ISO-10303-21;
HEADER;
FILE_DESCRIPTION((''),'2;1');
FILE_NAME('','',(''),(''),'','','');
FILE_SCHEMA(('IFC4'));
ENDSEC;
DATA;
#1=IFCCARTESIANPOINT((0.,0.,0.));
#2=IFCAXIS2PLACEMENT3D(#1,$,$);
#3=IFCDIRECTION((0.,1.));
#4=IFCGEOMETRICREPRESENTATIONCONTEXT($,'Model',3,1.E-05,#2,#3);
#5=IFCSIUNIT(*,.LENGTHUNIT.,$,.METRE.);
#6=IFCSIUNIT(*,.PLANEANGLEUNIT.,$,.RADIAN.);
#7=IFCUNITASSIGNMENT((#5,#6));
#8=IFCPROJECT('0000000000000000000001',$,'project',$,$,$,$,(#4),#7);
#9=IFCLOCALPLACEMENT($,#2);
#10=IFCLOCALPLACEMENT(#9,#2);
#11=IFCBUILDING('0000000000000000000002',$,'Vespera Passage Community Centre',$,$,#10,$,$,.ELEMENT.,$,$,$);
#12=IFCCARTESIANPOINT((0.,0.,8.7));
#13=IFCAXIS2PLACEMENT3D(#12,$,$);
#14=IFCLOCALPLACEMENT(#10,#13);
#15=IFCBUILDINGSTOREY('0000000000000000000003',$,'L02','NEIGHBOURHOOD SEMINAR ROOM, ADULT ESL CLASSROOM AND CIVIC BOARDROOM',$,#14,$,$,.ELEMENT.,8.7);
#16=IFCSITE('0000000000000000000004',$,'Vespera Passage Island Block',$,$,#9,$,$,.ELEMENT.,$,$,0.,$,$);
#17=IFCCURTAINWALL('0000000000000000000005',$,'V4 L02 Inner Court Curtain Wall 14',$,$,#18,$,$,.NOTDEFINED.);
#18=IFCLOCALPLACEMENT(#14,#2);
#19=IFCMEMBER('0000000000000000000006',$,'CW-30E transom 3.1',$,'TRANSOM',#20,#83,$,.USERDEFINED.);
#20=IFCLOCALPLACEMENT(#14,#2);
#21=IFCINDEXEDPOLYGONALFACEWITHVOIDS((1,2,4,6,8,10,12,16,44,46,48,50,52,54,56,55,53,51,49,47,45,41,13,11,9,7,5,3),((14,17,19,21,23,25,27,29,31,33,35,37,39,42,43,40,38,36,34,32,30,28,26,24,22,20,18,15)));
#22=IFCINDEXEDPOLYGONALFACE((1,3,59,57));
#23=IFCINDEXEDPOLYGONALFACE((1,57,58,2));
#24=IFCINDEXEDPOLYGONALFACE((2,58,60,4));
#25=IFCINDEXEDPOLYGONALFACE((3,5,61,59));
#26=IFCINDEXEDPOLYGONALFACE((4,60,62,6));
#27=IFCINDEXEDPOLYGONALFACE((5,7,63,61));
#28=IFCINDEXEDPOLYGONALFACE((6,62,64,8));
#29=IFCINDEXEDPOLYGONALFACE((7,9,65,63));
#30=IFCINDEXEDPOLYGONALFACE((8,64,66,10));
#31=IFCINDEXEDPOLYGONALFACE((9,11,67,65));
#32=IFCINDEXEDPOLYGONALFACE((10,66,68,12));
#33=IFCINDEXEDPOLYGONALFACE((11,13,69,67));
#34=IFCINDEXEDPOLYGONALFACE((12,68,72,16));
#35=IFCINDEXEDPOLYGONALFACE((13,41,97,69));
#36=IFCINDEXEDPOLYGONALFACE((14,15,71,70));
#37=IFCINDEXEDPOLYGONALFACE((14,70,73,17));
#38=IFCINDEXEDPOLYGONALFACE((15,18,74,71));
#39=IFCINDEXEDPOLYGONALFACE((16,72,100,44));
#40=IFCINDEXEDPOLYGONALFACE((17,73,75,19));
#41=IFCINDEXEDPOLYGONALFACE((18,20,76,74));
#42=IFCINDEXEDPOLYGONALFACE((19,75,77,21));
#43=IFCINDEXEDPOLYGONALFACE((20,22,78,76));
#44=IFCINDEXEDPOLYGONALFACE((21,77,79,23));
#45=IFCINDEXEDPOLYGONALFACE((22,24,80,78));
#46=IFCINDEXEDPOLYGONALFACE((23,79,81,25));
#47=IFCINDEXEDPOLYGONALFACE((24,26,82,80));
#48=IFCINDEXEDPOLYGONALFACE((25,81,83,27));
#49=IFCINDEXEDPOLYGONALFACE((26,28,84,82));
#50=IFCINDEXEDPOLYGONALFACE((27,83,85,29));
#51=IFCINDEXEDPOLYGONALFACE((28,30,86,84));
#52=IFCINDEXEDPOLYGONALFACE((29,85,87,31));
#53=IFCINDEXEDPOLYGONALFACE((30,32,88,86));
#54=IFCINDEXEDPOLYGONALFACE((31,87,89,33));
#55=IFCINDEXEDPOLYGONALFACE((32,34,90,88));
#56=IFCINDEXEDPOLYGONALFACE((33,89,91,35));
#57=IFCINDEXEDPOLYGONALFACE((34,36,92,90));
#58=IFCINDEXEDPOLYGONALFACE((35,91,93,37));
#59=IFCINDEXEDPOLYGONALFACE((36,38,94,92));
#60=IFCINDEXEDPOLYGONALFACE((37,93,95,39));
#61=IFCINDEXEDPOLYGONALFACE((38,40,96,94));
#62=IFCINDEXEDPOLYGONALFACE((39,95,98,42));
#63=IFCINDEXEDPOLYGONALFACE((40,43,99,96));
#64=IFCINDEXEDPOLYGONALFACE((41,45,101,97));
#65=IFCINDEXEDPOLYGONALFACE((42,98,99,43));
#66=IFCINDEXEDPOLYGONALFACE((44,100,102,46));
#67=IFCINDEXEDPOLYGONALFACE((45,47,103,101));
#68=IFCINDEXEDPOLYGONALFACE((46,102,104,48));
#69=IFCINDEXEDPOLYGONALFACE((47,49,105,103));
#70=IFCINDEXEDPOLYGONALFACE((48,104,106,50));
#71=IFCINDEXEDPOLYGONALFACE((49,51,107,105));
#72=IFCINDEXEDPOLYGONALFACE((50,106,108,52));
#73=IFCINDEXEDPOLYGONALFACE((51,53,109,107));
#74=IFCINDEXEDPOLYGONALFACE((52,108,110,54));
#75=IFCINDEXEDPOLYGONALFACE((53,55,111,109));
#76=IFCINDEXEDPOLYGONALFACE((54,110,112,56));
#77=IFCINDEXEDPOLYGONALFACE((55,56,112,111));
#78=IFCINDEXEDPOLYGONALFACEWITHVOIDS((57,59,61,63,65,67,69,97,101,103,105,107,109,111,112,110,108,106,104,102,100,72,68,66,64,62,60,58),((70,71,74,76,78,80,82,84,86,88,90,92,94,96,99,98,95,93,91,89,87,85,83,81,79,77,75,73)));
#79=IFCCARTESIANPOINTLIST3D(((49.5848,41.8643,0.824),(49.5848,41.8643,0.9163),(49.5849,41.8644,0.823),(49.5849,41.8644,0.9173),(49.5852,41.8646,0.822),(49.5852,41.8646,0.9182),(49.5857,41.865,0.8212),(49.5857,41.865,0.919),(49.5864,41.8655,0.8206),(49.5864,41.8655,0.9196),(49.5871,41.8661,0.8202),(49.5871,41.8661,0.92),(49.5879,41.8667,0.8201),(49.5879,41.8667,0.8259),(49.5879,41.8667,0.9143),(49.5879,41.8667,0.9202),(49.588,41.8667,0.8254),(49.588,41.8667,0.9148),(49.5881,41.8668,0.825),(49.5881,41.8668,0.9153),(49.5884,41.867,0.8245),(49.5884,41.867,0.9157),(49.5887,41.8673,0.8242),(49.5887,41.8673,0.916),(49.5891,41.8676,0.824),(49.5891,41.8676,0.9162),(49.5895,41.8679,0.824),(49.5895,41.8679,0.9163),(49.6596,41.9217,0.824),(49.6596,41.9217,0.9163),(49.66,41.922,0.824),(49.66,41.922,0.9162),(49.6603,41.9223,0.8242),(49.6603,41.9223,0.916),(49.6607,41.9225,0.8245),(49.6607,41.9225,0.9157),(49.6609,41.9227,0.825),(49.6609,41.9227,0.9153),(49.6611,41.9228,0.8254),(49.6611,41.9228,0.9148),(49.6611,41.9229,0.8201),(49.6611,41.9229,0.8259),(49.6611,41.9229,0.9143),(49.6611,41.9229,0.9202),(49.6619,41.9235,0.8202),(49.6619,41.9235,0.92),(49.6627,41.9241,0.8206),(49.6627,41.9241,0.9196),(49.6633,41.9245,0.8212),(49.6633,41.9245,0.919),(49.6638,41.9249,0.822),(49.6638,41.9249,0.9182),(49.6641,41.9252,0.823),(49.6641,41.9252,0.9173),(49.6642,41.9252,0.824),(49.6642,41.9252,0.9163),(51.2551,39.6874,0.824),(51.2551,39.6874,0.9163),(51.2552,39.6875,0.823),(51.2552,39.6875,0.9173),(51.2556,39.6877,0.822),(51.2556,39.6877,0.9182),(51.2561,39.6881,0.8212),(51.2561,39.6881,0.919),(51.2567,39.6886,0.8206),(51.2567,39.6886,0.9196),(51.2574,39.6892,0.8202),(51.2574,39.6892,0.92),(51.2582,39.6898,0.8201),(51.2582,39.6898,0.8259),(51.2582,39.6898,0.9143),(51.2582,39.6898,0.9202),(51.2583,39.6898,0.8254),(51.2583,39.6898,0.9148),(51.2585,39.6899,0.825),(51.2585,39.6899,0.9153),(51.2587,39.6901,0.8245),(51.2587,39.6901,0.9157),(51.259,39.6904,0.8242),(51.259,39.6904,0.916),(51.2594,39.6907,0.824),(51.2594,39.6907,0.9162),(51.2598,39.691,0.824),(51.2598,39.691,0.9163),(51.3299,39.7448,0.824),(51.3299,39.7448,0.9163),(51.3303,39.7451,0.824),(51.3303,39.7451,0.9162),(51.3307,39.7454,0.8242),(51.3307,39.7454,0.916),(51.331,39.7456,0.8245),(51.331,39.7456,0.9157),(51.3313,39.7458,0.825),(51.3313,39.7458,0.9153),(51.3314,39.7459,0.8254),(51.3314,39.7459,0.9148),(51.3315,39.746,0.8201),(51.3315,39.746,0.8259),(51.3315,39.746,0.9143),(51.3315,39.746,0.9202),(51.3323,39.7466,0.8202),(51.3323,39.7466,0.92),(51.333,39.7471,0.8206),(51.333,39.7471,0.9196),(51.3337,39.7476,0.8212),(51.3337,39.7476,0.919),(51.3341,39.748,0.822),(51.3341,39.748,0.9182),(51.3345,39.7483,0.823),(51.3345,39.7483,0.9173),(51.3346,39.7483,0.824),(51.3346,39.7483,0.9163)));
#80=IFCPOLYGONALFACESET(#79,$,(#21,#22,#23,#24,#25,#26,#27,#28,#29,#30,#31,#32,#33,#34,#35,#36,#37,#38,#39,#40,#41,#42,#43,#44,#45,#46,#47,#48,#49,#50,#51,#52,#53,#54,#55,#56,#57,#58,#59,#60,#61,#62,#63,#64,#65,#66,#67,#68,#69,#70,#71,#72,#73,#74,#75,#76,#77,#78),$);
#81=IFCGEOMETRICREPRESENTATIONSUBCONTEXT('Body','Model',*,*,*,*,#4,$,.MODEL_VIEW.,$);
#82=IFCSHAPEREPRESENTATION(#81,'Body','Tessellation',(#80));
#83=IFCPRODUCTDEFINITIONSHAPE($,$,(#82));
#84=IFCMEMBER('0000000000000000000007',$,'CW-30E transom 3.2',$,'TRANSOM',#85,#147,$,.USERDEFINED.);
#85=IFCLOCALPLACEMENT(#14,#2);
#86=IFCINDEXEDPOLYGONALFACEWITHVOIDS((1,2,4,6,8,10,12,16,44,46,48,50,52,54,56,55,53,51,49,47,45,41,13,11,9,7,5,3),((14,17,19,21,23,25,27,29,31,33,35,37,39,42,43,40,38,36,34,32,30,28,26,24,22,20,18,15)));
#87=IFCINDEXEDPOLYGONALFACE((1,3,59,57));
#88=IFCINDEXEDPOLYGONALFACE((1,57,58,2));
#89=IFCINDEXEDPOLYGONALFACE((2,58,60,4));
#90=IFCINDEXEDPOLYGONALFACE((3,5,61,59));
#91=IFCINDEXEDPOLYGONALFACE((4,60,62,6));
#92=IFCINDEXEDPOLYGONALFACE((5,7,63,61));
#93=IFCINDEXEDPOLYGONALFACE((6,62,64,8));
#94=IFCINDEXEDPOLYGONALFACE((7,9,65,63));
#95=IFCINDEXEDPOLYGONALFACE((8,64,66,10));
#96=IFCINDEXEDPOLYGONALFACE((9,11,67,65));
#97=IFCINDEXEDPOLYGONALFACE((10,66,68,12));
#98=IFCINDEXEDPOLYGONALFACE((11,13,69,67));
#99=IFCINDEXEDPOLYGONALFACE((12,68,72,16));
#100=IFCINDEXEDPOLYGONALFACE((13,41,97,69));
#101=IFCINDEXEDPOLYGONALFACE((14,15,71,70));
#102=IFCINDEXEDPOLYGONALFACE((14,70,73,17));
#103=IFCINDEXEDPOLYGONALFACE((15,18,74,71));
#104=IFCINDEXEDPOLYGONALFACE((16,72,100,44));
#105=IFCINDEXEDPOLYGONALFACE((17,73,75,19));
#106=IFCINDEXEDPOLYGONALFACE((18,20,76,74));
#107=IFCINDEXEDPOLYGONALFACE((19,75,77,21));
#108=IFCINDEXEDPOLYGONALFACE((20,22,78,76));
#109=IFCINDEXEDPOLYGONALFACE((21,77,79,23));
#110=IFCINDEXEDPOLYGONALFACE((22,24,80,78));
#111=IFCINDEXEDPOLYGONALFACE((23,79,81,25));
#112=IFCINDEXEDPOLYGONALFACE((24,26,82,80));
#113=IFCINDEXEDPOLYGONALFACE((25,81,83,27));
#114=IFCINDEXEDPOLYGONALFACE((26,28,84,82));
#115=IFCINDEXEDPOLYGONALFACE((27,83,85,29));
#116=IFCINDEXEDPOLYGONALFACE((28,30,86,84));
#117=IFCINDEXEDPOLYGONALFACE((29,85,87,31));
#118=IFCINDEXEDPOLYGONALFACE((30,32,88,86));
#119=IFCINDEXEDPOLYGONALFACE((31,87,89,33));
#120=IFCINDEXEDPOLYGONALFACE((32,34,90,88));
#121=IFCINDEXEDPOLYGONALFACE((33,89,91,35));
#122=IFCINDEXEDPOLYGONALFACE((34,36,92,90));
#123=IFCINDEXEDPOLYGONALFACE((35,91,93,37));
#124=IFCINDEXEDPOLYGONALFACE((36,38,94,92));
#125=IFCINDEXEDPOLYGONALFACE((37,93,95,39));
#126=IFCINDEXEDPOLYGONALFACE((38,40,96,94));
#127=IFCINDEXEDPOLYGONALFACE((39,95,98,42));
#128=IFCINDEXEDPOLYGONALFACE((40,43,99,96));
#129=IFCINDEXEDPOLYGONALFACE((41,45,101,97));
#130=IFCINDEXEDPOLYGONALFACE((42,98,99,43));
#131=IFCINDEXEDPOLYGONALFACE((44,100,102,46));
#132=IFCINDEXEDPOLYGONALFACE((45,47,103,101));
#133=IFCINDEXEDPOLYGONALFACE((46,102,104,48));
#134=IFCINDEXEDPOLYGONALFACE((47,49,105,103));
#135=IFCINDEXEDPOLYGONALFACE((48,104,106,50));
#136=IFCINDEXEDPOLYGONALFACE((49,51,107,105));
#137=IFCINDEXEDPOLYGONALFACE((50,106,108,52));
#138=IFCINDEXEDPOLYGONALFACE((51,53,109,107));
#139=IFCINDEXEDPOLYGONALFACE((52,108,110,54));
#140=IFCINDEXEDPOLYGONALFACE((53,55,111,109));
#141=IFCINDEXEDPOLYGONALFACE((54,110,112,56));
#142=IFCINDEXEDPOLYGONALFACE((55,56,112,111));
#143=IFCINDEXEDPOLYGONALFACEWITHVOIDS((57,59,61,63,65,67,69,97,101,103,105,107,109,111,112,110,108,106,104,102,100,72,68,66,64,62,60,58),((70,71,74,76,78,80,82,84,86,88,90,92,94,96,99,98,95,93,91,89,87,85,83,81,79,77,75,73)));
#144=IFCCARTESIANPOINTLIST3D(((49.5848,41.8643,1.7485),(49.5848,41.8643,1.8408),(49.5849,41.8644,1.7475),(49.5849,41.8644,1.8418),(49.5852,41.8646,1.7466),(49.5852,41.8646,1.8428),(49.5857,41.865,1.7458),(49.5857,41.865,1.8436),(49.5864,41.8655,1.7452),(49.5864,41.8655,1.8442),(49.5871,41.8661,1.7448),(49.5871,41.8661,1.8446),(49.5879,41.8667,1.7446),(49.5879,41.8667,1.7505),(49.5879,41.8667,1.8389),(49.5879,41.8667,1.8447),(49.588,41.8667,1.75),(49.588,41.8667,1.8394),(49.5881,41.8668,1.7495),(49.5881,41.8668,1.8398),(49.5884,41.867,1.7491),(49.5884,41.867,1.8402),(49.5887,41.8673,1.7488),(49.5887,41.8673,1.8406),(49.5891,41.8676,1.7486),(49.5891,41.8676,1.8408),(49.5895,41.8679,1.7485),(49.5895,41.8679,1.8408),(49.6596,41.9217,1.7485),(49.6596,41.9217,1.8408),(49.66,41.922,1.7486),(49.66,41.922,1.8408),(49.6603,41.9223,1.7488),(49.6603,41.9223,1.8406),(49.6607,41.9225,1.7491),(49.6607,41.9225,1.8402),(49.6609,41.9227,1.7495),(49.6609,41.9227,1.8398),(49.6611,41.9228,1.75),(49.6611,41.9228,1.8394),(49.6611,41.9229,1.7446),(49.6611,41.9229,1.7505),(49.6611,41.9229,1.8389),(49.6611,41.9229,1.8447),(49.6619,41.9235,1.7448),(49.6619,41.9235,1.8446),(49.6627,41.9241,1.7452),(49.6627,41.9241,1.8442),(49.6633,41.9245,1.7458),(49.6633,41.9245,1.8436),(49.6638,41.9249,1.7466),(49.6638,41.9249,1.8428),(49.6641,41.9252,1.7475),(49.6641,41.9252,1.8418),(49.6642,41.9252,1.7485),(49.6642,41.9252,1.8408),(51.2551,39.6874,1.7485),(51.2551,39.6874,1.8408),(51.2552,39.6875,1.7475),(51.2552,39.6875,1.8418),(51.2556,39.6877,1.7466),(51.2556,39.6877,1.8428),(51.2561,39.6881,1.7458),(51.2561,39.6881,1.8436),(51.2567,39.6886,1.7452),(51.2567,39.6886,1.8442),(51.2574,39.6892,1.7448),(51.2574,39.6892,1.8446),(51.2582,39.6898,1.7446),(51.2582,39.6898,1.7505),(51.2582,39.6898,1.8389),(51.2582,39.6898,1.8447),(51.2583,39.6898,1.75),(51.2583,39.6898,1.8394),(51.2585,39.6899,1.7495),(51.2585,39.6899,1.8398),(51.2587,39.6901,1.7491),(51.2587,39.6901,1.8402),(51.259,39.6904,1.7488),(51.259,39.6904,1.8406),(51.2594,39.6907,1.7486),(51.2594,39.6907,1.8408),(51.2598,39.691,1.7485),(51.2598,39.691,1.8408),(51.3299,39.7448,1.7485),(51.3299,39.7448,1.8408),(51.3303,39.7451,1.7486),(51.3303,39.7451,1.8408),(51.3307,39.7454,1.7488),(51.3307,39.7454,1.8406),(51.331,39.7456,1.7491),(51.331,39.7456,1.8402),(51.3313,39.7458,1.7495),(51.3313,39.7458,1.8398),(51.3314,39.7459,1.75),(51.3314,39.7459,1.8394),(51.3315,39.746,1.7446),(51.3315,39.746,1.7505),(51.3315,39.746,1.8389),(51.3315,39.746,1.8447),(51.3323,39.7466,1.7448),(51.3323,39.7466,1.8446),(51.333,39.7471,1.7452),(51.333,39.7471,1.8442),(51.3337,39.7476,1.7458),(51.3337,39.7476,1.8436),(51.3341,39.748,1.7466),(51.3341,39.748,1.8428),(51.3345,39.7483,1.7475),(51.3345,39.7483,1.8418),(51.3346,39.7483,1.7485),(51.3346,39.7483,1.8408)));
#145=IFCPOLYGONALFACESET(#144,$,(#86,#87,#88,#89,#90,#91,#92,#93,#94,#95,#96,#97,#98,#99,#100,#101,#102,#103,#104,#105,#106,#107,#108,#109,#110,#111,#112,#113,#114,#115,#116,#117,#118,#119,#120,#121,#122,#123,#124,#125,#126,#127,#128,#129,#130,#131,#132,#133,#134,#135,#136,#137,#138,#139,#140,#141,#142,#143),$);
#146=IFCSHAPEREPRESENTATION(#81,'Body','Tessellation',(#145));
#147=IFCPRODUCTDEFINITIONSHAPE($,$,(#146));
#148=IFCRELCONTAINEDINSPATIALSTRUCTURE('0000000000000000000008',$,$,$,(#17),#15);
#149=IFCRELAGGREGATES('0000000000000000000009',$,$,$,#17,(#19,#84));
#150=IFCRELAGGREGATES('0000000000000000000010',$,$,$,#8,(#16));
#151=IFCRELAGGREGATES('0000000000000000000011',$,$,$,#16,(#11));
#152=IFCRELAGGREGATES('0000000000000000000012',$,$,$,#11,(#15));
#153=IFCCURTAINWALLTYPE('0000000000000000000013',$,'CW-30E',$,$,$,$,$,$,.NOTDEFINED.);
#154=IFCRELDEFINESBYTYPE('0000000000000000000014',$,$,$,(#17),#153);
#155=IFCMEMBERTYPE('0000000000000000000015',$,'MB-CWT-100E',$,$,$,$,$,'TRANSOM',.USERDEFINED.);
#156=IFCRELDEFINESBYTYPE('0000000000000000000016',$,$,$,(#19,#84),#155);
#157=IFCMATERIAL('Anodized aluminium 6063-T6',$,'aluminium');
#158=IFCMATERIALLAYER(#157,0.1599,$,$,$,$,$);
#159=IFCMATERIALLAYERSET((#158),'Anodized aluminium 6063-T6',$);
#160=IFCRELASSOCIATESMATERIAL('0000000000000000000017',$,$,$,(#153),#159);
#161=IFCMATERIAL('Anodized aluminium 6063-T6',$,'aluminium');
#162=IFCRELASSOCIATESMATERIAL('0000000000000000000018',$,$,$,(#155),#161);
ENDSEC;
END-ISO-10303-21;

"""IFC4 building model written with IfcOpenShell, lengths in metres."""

from ifc_helpers import new_model, si_unit, direction, frame, origin, origin_2d, place, context, subcontext, project, spatial, hollow_rectangle, extrude, material, layer, layer_set, material_profile, profile_set, type_object, element, aggregate, save


model = new_model("IFC4")

# Units and contexts
model_context = context("Model", 3, precision=1e-05, world=origin(), true_north=direction((0.0, 1.0)))
body_context = subcontext(model_context, "Body", "Model", "MODEL_VIEW")
ifc_project = project(units=[si_unit("LENGTHUNIT", "METRE"), si_unit("PLANEANGLEUNIT", "RADIAN")], contexts=[model_context])

# Site, building, storey
site_placement = place(None, origin())
site = spatial("IfcSite", under=ifc_project, at=site_placement, Name="Vespera Passage Island Block", CompositionType="ELEMENT", RefElevation=0.0)
building_placement = place(site_placement, origin())
building = spatial("IfcBuilding", under=site, at=building_placement, Name="Vespera Passage Community Centre", CompositionType="ELEMENT")
storey_placement = place(building_placement, frame((0.0, 0.0, 8.7)))
storey = spatial("IfcBuildingStorey", under=building, at=storey_placement, Name="L02", Description="NEIGHBOURHOOD SEMINAR ROOM, ADULT ESL CLASSROOM AND CIVIC BOARDROOM", CompositionType="ELEMENT", Elevation=8.7)

# Curtain wall, members
ifc_material_1 = material(Name="Anodized aluminium 6063-T6", Category="aluminium")
ifc_layer_1 = layer(ifc_material_1, 0.1599)
ifc_layer_set_1 = layer_set([ifc_layer_1], Name="Anodized aluminium 6063-T6")
curtain_wall_type = type_object("IfcCurtainWallType", Name="CW-30E", PredefinedType="NOTDEFINED", material=ifc_layer_set_1)
curtain_wall_placement = place(storey_placement, origin())
curtain_wall = element("IfcCurtainWall", 1, at=curtain_wall_placement, inside=storey, type_object=curtain_wall_type, Name="V4 L02 Inner Court Curtain Wall 14", PredefinedType="NOTDEFINED")
ifc_material_2 = material(Name="Anodized aluminium 6063-T6", Category="aluminium")
ifc_material_profile_1 = material_profile(ifc_material_2, hollow_rectangle(XDim=0.1001, YDim=0.1001, WallThickness=0.0039, InnerFilletRadius=0.002, OuterFilletRadius=0.0039, at=origin_2d()), Name="ALU100X100X4")
ifc_profile_set_1 = profile_set([ifc_material_profile_1], Name="Anodized aluminium 6063-T6")
member_type_1 = type_object("IfcMemberType", Name="MB-CWT-100E", ElementType="TRANSOM", PredefinedType="USERDEFINED", material=ifc_profile_set_1)
member_1_placement = place(storey_placement, frame((49.6245, 41.8948, 0.8701), z_axis=(0.608747, -0.793364, 0.0), x_axis=(0.793364, 0.608747, 0.0)))
member_1 = element("IfcMember", 2, at=member_1_placement, type_object=member_type_1, Name="CW-30E transom 3.1", ObjectType="TRANSOM", PredefinedType="USERDEFINED", context=body_context, shape_type="SweptSolid", body=[
    extrude(hollow_rectangle(XDim=0.1001, YDim=0.1001, WallThickness=0.0039, InnerFilletRadius=0.002, OuterFilletRadius=0.0039, at=origin_2d()), origin(), (0.0, 0.0, 1.0), 2.7439),
])
member_2_placement = place(storey_placement, frame((49.6245, 41.8948, 1.7947), z_axis=(0.608747, -0.793364, 0.0), x_axis=(0.793364, 0.608747, 0.0)))
member_2 = element("IfcMember", 3, at=member_2_placement, type_object=member_type_1, Name="CW-30E transom 3.2", ObjectType="TRANSOM", PredefinedType="USERDEFINED", context=body_context, shape_type="SweptSolid", body=[
    extrude(hollow_rectangle(XDim=0.1001, YDim=0.1001, WallThickness=0.0039, InnerFilletRadius=0.002, OuterFilletRadius=0.0039, at=origin_2d()), origin(), (0.0, 0.0, 1.0), 2.7439),
])

aggregate(curtain_wall, [member_1, member_2])

save(model, "model.ifc")
